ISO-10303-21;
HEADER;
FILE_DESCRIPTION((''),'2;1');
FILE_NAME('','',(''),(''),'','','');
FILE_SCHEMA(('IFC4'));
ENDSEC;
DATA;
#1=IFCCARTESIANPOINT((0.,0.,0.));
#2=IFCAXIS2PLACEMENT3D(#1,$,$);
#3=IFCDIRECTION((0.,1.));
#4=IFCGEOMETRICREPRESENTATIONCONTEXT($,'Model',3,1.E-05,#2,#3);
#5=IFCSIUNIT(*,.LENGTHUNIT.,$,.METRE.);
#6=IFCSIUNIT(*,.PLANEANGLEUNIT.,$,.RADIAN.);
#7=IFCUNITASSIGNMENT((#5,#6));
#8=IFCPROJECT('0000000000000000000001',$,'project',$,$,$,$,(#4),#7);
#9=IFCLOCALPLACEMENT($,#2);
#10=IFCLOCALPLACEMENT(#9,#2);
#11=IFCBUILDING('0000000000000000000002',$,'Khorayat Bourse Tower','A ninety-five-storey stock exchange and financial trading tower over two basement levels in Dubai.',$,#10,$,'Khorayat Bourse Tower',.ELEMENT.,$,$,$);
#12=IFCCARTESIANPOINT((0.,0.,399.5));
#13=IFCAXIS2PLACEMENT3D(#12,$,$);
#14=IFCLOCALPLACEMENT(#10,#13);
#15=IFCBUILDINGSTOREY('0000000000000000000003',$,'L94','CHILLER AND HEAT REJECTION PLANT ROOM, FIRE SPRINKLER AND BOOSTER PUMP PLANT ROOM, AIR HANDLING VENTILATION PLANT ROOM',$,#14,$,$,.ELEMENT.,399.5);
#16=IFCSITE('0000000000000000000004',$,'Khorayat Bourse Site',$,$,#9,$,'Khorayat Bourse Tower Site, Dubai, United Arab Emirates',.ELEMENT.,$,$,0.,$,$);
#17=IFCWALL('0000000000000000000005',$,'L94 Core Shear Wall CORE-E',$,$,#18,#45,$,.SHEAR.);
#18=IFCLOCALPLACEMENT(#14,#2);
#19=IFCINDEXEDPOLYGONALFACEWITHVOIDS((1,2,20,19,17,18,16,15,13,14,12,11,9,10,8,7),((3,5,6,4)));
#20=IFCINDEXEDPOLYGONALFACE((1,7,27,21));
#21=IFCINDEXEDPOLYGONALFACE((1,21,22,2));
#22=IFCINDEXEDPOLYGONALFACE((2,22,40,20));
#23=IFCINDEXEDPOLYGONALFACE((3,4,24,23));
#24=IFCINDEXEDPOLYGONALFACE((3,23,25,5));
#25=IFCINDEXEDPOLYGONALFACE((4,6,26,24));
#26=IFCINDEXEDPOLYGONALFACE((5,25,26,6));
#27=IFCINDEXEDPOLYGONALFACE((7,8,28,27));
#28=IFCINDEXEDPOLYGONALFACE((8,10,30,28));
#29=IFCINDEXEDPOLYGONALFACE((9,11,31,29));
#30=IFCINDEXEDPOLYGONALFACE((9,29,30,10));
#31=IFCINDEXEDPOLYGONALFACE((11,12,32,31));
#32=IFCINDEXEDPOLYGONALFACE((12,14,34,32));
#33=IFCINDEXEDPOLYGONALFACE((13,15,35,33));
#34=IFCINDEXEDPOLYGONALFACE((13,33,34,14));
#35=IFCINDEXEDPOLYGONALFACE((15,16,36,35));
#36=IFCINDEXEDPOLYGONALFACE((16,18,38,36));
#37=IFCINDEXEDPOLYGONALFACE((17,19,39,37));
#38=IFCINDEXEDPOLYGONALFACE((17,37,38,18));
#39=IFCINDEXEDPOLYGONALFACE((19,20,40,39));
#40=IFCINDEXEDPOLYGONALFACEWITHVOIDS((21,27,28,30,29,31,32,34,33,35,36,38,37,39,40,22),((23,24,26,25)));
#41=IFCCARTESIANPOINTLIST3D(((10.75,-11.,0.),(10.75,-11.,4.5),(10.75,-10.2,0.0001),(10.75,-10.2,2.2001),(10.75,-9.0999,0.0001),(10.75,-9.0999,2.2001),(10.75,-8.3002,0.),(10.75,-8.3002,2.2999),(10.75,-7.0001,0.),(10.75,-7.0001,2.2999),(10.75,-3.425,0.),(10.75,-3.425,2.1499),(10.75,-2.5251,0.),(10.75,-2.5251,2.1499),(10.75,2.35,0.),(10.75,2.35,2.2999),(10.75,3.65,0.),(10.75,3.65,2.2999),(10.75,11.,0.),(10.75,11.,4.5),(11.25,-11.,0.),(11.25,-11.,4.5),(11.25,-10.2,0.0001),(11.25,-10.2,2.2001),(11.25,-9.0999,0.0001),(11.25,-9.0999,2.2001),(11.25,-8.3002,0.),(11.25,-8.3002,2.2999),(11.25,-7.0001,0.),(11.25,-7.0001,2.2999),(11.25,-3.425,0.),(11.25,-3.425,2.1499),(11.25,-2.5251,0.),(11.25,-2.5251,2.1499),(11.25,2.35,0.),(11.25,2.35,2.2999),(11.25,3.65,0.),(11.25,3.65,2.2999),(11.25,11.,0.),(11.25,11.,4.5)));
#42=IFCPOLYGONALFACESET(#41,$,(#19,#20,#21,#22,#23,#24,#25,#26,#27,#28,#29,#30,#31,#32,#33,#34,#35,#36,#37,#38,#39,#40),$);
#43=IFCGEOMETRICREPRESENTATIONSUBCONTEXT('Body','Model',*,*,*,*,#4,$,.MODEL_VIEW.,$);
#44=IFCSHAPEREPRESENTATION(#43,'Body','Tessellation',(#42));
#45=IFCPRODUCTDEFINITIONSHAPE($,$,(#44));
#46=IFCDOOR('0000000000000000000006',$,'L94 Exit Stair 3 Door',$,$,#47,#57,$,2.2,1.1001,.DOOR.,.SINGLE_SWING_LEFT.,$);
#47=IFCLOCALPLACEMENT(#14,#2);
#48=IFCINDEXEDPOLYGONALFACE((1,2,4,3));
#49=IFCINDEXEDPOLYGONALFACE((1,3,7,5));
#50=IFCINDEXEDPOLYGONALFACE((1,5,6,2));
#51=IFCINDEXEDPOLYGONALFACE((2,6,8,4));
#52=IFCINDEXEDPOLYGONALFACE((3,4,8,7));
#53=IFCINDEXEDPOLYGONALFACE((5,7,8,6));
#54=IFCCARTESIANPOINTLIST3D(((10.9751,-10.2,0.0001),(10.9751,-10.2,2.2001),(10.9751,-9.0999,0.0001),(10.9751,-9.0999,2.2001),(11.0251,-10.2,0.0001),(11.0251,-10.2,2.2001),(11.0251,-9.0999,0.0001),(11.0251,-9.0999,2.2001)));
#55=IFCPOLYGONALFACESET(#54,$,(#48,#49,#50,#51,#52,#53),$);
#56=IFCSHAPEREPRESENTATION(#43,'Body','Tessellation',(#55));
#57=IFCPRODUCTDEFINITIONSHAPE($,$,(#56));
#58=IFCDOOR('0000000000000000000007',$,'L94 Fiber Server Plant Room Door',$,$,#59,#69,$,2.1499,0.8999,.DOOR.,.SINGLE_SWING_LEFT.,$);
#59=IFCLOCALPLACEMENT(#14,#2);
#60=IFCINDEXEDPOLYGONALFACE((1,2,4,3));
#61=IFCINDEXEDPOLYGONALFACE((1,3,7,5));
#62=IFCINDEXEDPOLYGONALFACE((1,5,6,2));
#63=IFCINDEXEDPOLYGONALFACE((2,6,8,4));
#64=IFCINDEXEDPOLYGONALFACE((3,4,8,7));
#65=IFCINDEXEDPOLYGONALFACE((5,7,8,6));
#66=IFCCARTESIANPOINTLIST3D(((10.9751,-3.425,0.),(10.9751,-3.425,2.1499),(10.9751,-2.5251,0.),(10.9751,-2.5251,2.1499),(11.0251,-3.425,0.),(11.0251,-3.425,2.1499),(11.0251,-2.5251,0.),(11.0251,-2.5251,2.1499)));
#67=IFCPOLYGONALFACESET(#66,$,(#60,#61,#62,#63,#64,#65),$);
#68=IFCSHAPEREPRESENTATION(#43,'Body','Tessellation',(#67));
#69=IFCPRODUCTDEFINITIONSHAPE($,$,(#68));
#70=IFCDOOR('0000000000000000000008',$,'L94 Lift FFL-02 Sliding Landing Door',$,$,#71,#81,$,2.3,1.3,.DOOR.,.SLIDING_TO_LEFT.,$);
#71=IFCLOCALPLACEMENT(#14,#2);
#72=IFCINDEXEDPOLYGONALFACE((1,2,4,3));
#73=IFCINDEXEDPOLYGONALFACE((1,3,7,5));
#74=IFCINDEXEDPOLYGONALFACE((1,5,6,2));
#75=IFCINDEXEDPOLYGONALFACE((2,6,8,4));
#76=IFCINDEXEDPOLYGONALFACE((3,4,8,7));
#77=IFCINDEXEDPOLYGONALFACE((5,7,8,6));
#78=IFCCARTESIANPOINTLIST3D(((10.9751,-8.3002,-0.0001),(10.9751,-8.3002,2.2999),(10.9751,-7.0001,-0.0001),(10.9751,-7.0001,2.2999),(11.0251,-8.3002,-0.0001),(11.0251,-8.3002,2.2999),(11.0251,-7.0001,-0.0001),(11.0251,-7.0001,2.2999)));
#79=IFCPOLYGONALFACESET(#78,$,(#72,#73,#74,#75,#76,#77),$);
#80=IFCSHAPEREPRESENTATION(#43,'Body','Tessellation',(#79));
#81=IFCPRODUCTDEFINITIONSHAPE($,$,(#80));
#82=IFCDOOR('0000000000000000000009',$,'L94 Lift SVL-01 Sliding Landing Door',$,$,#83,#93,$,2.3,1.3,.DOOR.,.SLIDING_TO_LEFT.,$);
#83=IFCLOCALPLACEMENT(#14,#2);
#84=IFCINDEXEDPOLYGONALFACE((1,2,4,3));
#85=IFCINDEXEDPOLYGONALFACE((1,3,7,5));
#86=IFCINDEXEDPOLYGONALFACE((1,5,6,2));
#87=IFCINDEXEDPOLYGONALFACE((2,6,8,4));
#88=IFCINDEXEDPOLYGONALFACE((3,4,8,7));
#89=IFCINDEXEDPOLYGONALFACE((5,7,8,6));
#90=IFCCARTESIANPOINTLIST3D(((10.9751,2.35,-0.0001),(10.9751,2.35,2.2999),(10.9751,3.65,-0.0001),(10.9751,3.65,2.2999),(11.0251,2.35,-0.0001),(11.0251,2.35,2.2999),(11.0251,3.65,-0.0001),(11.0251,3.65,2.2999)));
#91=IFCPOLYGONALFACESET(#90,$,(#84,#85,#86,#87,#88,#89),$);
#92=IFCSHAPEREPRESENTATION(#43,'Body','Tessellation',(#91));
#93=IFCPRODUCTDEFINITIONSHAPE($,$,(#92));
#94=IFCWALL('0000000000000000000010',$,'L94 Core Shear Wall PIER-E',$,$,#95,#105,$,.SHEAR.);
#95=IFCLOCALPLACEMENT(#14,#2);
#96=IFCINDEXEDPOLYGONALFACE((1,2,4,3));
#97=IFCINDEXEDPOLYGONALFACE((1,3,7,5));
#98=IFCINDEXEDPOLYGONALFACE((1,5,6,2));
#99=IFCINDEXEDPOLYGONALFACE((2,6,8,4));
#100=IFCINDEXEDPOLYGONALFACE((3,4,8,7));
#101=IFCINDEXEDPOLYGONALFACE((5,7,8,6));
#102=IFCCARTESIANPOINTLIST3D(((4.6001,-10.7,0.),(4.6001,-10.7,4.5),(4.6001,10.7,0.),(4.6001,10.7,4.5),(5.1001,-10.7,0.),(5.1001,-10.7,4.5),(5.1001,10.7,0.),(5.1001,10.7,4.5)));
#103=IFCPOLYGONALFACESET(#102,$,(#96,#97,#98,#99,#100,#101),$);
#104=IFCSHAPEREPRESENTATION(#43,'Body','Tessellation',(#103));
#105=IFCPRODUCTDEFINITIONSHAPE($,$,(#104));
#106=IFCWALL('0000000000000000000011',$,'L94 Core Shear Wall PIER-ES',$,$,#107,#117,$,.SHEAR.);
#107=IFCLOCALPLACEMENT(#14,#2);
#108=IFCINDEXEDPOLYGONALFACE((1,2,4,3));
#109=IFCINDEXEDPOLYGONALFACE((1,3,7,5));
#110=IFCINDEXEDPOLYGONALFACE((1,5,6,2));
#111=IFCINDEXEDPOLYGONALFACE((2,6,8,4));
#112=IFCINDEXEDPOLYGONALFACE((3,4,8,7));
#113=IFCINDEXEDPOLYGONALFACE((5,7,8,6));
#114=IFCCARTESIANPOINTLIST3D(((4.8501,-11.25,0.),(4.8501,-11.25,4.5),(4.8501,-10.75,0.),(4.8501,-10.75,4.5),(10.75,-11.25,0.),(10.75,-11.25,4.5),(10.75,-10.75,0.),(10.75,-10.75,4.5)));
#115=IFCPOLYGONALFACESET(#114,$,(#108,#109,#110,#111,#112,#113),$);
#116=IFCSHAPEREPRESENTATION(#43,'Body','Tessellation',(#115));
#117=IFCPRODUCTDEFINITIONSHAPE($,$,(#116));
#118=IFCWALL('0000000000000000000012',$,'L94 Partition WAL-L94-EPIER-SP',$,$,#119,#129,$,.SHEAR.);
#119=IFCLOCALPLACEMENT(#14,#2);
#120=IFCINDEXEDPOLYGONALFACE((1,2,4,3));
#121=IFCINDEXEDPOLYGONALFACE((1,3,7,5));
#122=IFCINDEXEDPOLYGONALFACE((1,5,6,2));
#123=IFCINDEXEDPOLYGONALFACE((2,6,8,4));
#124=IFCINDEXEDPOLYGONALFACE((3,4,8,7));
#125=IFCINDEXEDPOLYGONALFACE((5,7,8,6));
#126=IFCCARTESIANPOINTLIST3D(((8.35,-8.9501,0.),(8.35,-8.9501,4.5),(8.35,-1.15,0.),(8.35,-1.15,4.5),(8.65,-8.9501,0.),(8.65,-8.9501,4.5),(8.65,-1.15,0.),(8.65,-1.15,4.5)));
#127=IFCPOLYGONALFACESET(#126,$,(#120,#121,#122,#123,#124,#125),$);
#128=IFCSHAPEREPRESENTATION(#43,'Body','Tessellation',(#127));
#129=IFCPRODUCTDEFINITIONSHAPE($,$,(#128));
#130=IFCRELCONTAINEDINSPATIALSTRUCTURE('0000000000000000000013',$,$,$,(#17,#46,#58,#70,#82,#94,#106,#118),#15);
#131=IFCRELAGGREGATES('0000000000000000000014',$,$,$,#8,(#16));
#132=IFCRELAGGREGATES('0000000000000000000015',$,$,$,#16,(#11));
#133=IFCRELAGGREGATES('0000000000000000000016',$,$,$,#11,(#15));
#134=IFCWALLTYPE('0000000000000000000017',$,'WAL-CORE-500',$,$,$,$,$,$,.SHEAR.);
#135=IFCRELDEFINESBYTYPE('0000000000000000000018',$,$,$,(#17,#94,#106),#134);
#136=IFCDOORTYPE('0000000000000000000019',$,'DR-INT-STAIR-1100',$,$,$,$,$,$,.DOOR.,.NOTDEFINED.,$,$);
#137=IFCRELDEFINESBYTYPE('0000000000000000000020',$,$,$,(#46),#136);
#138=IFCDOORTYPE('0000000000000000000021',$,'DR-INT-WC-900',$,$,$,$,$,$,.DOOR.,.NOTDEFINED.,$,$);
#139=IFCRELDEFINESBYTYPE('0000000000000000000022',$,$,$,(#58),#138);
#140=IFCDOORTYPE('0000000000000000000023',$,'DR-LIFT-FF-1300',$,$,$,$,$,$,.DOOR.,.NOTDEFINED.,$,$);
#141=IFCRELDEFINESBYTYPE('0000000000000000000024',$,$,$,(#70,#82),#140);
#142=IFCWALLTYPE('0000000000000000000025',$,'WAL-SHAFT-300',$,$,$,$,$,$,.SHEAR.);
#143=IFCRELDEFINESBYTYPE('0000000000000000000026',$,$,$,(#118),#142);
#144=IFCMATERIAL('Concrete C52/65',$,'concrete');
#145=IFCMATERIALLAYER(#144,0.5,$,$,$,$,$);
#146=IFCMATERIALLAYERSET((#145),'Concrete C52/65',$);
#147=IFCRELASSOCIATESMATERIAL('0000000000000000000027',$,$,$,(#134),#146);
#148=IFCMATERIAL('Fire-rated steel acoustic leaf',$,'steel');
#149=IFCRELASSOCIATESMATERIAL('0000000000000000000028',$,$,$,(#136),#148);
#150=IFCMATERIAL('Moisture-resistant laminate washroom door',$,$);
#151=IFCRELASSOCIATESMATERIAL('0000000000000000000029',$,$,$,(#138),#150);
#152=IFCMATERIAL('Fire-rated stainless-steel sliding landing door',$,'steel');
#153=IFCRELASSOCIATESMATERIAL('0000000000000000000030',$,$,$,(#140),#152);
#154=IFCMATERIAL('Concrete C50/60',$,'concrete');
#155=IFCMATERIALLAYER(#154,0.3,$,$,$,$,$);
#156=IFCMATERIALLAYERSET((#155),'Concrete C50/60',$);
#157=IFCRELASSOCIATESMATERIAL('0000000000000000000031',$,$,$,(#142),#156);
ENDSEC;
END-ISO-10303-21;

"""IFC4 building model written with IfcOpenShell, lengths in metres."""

from ifc_helpers import new_model, si_unit, direction, frame, frame_2d, origin, place, context, subcontext, project, spatial, rectangle, extrude, source, transform, mapped, material, layer, layer_set, type_object, element, fill, save


model = new_model("IFC4")

# Units and contexts
model_context = context("Model", 3, precision=1e-05, world=origin(), true_north=direction((0.0, 1.0)))
body_context = subcontext(model_context, "Body", "Model", "MODEL_VIEW")
ifc_project = project(units=[si_unit("LENGTHUNIT", "METRE"), si_unit("PLANEANGLEUNIT", "RADIAN")], contexts=[model_context])

# Site, building, storey
site_placement = place(None, origin())
site = spatial("IfcSite", under=ifc_project, at=site_placement, Name="Khorayat Bourse Site", LongName="Khorayat Bourse Tower Site, Dubai, United Arab Emirates", CompositionType="ELEMENT", RefElevation=0.0)
building_placement = place(site_placement, origin())
building = spatial("IfcBuilding", under=site, at=building_placement, Name="Khorayat Bourse Tower", Description="A ninety-five-storey stock exchange and financial trading tower over two basement levels in Dubai.", LongName="Khorayat Bourse Tower", CompositionType="ELEMENT")
storey_placement = place(building_placement, frame((0.0, 0.0, 399.5)))
storey = spatial("IfcBuildingStorey", under=building, at=storey_placement, Name="L94", Description="CHILLER AND HEAT REJECTION PLANT ROOM, FIRE SPRINKLER AND BOOSTER PUMP PLANT ROOM, AIR HANDLING VENTILATION PLANT ROOM", CompositionType="ELEMENT", Elevation=399.5)

# Shared definitions
ifc_material_1 = material(Name="Concrete C52/65", Category="concrete")

# Wall, openings, doors
ifc_layer_1 = layer(ifc_material_1, 0.5)
ifc_layer_set_1 = layer_set([ifc_layer_1], Name="Concrete C52/65")
wall_type_1 = type_object("IfcWallType", Name="WAL-CORE-500", PredefinedType="SHEAR", material=ifc_layer_set_1)
shared_shape_1 = source(origin(), body_context, "Body", "SweptSolid", [
    extrude(rectangle(XDim=22.0, YDim=0.5, at=frame_2d((11.0, 0.0))), origin(), (0.0, 0.0, 1.0), 4.5),
])
wall_1_placement = place(storey_placement, frame((11.0, -11.0, 0.0), z_axis=(0.0, 0.0, 1.0), x_axis=(0.0, 1.0, 0.0)))
wall_1 = element("IfcWall", 1, at=wall_1_placement, inside=storey, type_object=wall_type_1, Name="L94 Core Shear Wall CORE-E", PredefinedType="SHEAR", context=body_context, shape_type="MappedRepresentation", body=[
    mapped(shared_shape_1, transform((0.0, 0.0, 0.0), scale=1.0)),
])
shared_shape_2 = source(origin(), body_context, "Body", "SweptSolid", [
    extrude(rectangle(XDim=1.1001, YDim=2.2, at=frame_2d((0.55, 1.1001))), frame((0.0, 0.26, 0.0), z_axis=(0.0, -1.0, 0.0), x_axis=(1.0, 0.0, 0.0)), (0.0, 0.0, 1.0), 0.52),
])
opening_1_placement = place(wall_1_placement, frame((0.8, 0.0, 0.0)))
opening_1 = element("IfcOpeningElement", 2, at=opening_1_placement, cuts=wall_1, PredefinedType="OPENING", context=body_context, shape_type="MappedRepresentation", body=[
    mapped(shared_shape_2, transform((0.0, 0.0, 0.0), scale=1.0)),
])
shared_shape_3 = source(origin(), body_context, "Body", "SweptSolid", [
    extrude(rectangle(XDim=0.8999, YDim=2.1499, at=frame_2d((0.45, 1.075))), frame((0.0, 0.26, 0.0), z_axis=(0.0, -1.0, 0.0), x_axis=(1.0, 0.0, 0.0)), (0.0, 0.0, 1.0), 0.52),
])
opening_2_placement = place(wall_1_placement, frame((7.575, 0.0, 0.0)))
opening_2 = element("IfcOpeningElement", 3, at=opening_2_placement, cuts=wall_1, PredefinedType="OPENING", context=body_context, shape_type="MappedRepresentation", body=[
    mapped(shared_shape_3, transform((0.0, 0.0, 0.0), scale=1.0)),
])
shared_shape_4 = source(origin(), body_context, "Body", "SweptSolid", [
    extrude(rectangle(XDim=1.3, YDim=2.3, at=frame_2d((0.6499, 1.1499))), frame((0.0, 0.26, 0.0), z_axis=(0.0, -1.0, 0.0), x_axis=(1.0, 0.0, 0.0)), (0.0, 0.0, 1.0), 0.52),
])
opening_3_placement = place(wall_1_placement, frame((2.7, 0.0, 0.0)))
opening_3 = element("IfcOpeningElement", 4, at=opening_3_placement, cuts=wall_1, PredefinedType="OPENING", context=body_context, shape_type="MappedRepresentation", body=[
    mapped(shared_shape_4, transform((0.0, 0.0, 0.0), scale=1.0)),
])
opening_4_placement = place(wall_1_placement, frame((13.3501, 0.0, 0.0)))
opening_4 = element("IfcOpeningElement", 5, at=opening_4_placement, cuts=wall_1, PredefinedType="OPENING", context=body_context, shape_type="MappedRepresentation", body=[
    mapped(shared_shape_4, transform((0.0, 0.0, 0.0), scale=1.0)),
])
ifc_material_2 = material(Name="Fire-rated steel acoustic leaf", Category="steel")
door_type_1 = type_object("IfcDoorType", Name="DR-INT-STAIR-1100", OperationType="NOTDEFINED", PredefinedType="DOOR", material=ifc_material_2)
shared_shape_5 = source(origin(), body_context, "Body", "SweptSolid", [
    extrude(rectangle(XDim=1.1001, YDim=2.2, at=frame_2d((0.55, 1.1001))), frame((0.0, 0.0249, 0.0), z_axis=(0.0, -1.0, 0.0), x_axis=(1.0, 0.0, 0.0)), (0.0, 0.0, 1.0), 0.05),
])
door_1_placement = place(opening_1_placement, origin())
door_1 = element("IfcDoor", 6, at=door_1_placement, inside=storey, type_object=door_type_1, Name="L94 Exit Stair 3 Door", OperationType="SINGLE_SWING_LEFT", OverallHeight=2.2, OverallWidth=1.1001, PredefinedType="DOOR", context=body_context, shape_type="MappedRepresentation", body=[
    mapped(shared_shape_5, transform((0.0, 0.0, 0.0), scale=1.0)),
])
fill(opening_1, door_1)
ifc_material_3 = material(Name="Moisture-resistant laminate washroom door")
door_type_2 = type_object("IfcDoorType", Name="DR-INT-WC-900", OperationType="NOTDEFINED", PredefinedType="DOOR", material=ifc_material_3)
shared_shape_6 = source(origin(), body_context, "Body", "SweptSolid", [
    extrude(rectangle(XDim=0.8999, YDim=2.1499, at=frame_2d((0.45, 1.075))), frame((0.0, 0.0249, 0.0), z_axis=(0.0, -1.0, 0.0), x_axis=(1.0, 0.0, 0.0)), (0.0, 0.0, 1.0), 0.05),
])
door_2_placement = place(opening_2_placement, origin())
door_2 = element("IfcDoor", 7, at=door_2_placement, inside=storey, type_object=door_type_2, Name="L94 Fiber Server Plant Room Door", OperationType="SINGLE_SWING_LEFT", OverallHeight=2.1499, OverallWidth=0.8999, PredefinedType="DOOR", context=body_context, shape_type="MappedRepresentation", body=[
    mapped(shared_shape_6, transform((0.0, 0.0, 0.0), scale=1.0)),
])
fill(opening_2, door_2)
ifc_material_4 = material(Name="Fire-rated stainless-steel sliding landing door", Category="steel")
door_type_3 = type_object("IfcDoorType", Name="DR-LIFT-FF-1300", OperationType="NOTDEFINED", PredefinedType="DOOR", material=ifc_material_4)
shared_shape_7 = source(origin(), body_context, "Body", "SweptSolid", [
    extrude(rectangle(XDim=1.3, YDim=2.3, at=frame_2d((0.6499, 1.1499))), frame((0.0, 0.0249, 0.0), z_axis=(0.0, -1.0, 0.0), x_axis=(1.0, 0.0, 0.0)), (0.0, 0.0, 1.0), 0.05),
])
door_3_placement = place(opening_3_placement, origin())
door_3 = element("IfcDoor", 8, at=door_3_placement, inside=storey, type_object=door_type_3, Name="L94 Lift FFL-02 Sliding Landing Door", OperationType="SLIDING_TO_LEFT", OverallHeight=2.3, OverallWidth=1.3, PredefinedType="DOOR", context=body_context, shape_type="MappedRepresentation", body=[
    mapped(shared_shape_7, transform((0.0, 0.0, 0.0), scale=1.0)),
])
fill(opening_3, door_3)
door_4_placement = place(opening_4_placement, origin())
door_4 = element("IfcDoor", 9, at=door_4_placement, inside=storey, type_object=door_type_3, Name="L94 Lift SVL-01 Sliding Landing Door", OperationType="SLIDING_TO_LEFT", OverallHeight=2.3, OverallWidth=1.3, PredefinedType="DOOR", context=body_context, shape_type="MappedRepresentation", body=[
    mapped(shared_shape_7, transform((0.0, 0.0, 0.0), scale=1.0)),
])
fill(opening_4, door_4)

# Walls
shared_shape_8 = source(origin(), body_context, "Body", "SweptSolid", [
    extrude(rectangle(XDim=21.3999, YDim=0.5, at=frame_2d((10.7, 0.0))), origin(), (0.0, 0.0, 1.0), 4.5),
])
wall_2_placement = place(storey_placement, frame((4.8501, -10.7, 0.0), z_axis=(0.0, 0.0, 1.0), x_axis=(0.0, 1.0, 0.0)))
element("IfcWall", 10, at=wall_2_placement, inside=storey, type_object=wall_type_1, Name="L94 Core Shear Wall PIER-E", PredefinedType="SHEAR", context=body_context, shape_type="MappedRepresentation", body=[
    mapped(shared_shape_8, transform((0.0, 0.0, 0.0), scale=1.0)),
])
shared_shape_9 = source(origin(), body_context, "Body", "SweptSolid", [
    extrude(rectangle(XDim=5.8999, YDim=0.5, at=frame_2d((2.95, 0.0))), origin(), (0.0, 0.0, 1.0), 4.5),
])
wall_3_placement = place(storey_placement, frame((4.8501, -11.0, 0.0), z_axis=(0.0, 0.0, 1.0), x_axis=(1.0, 0.0, 0.0)))
element("IfcWall", 11, at=wall_3_placement, inside=storey, type_object=wall_type_1, Name="L94 Core Shear Wall PIER-ES", PredefinedType="SHEAR", context=body_context, shape_type="MappedRepresentation", body=[
    mapped(shared_shape_9, transform((0.0, 0.0, 0.0), scale=1.0)),
])
ifc_material_5 = material(Name="Concrete C50/60", Category="concrete")
ifc_layer_2 = layer(ifc_material_5, 0.3)
ifc_layer_set_2 = layer_set([ifc_layer_2], Name="Concrete C50/60")
wall_type_2 = type_object("IfcWallType", Name="WAL-SHAFT-300", PredefinedType="SHEAR", material=ifc_layer_set_2)
shared_shape_10 = source(origin(), body_context, "Body", "SweptSolid", [
    extrude(rectangle(XDim=7.8, YDim=0.3, at=frame_2d((3.8999, 0.0))), origin(), (0.0, 0.0, 1.0), 4.5),
])
wall_4_placement = place(storey_placement, frame((8.5, -8.95, 0.0), z_axis=(0.0, 0.0, 1.0), x_axis=(0.0, 1.0, 0.0)))
element("IfcWall", 12, at=wall_4_placement, inside=storey, type_object=wall_type_2, Name="L94 Partition WAL-L94-EPIER-SP", PredefinedType="SHEAR", context=body_context, shape_type="MappedRepresentation", body=[
    mapped(shared_shape_10, transform((0.0, 0.0, 0.0), scale=1.0)),
])

save(model, "model.ifc")
